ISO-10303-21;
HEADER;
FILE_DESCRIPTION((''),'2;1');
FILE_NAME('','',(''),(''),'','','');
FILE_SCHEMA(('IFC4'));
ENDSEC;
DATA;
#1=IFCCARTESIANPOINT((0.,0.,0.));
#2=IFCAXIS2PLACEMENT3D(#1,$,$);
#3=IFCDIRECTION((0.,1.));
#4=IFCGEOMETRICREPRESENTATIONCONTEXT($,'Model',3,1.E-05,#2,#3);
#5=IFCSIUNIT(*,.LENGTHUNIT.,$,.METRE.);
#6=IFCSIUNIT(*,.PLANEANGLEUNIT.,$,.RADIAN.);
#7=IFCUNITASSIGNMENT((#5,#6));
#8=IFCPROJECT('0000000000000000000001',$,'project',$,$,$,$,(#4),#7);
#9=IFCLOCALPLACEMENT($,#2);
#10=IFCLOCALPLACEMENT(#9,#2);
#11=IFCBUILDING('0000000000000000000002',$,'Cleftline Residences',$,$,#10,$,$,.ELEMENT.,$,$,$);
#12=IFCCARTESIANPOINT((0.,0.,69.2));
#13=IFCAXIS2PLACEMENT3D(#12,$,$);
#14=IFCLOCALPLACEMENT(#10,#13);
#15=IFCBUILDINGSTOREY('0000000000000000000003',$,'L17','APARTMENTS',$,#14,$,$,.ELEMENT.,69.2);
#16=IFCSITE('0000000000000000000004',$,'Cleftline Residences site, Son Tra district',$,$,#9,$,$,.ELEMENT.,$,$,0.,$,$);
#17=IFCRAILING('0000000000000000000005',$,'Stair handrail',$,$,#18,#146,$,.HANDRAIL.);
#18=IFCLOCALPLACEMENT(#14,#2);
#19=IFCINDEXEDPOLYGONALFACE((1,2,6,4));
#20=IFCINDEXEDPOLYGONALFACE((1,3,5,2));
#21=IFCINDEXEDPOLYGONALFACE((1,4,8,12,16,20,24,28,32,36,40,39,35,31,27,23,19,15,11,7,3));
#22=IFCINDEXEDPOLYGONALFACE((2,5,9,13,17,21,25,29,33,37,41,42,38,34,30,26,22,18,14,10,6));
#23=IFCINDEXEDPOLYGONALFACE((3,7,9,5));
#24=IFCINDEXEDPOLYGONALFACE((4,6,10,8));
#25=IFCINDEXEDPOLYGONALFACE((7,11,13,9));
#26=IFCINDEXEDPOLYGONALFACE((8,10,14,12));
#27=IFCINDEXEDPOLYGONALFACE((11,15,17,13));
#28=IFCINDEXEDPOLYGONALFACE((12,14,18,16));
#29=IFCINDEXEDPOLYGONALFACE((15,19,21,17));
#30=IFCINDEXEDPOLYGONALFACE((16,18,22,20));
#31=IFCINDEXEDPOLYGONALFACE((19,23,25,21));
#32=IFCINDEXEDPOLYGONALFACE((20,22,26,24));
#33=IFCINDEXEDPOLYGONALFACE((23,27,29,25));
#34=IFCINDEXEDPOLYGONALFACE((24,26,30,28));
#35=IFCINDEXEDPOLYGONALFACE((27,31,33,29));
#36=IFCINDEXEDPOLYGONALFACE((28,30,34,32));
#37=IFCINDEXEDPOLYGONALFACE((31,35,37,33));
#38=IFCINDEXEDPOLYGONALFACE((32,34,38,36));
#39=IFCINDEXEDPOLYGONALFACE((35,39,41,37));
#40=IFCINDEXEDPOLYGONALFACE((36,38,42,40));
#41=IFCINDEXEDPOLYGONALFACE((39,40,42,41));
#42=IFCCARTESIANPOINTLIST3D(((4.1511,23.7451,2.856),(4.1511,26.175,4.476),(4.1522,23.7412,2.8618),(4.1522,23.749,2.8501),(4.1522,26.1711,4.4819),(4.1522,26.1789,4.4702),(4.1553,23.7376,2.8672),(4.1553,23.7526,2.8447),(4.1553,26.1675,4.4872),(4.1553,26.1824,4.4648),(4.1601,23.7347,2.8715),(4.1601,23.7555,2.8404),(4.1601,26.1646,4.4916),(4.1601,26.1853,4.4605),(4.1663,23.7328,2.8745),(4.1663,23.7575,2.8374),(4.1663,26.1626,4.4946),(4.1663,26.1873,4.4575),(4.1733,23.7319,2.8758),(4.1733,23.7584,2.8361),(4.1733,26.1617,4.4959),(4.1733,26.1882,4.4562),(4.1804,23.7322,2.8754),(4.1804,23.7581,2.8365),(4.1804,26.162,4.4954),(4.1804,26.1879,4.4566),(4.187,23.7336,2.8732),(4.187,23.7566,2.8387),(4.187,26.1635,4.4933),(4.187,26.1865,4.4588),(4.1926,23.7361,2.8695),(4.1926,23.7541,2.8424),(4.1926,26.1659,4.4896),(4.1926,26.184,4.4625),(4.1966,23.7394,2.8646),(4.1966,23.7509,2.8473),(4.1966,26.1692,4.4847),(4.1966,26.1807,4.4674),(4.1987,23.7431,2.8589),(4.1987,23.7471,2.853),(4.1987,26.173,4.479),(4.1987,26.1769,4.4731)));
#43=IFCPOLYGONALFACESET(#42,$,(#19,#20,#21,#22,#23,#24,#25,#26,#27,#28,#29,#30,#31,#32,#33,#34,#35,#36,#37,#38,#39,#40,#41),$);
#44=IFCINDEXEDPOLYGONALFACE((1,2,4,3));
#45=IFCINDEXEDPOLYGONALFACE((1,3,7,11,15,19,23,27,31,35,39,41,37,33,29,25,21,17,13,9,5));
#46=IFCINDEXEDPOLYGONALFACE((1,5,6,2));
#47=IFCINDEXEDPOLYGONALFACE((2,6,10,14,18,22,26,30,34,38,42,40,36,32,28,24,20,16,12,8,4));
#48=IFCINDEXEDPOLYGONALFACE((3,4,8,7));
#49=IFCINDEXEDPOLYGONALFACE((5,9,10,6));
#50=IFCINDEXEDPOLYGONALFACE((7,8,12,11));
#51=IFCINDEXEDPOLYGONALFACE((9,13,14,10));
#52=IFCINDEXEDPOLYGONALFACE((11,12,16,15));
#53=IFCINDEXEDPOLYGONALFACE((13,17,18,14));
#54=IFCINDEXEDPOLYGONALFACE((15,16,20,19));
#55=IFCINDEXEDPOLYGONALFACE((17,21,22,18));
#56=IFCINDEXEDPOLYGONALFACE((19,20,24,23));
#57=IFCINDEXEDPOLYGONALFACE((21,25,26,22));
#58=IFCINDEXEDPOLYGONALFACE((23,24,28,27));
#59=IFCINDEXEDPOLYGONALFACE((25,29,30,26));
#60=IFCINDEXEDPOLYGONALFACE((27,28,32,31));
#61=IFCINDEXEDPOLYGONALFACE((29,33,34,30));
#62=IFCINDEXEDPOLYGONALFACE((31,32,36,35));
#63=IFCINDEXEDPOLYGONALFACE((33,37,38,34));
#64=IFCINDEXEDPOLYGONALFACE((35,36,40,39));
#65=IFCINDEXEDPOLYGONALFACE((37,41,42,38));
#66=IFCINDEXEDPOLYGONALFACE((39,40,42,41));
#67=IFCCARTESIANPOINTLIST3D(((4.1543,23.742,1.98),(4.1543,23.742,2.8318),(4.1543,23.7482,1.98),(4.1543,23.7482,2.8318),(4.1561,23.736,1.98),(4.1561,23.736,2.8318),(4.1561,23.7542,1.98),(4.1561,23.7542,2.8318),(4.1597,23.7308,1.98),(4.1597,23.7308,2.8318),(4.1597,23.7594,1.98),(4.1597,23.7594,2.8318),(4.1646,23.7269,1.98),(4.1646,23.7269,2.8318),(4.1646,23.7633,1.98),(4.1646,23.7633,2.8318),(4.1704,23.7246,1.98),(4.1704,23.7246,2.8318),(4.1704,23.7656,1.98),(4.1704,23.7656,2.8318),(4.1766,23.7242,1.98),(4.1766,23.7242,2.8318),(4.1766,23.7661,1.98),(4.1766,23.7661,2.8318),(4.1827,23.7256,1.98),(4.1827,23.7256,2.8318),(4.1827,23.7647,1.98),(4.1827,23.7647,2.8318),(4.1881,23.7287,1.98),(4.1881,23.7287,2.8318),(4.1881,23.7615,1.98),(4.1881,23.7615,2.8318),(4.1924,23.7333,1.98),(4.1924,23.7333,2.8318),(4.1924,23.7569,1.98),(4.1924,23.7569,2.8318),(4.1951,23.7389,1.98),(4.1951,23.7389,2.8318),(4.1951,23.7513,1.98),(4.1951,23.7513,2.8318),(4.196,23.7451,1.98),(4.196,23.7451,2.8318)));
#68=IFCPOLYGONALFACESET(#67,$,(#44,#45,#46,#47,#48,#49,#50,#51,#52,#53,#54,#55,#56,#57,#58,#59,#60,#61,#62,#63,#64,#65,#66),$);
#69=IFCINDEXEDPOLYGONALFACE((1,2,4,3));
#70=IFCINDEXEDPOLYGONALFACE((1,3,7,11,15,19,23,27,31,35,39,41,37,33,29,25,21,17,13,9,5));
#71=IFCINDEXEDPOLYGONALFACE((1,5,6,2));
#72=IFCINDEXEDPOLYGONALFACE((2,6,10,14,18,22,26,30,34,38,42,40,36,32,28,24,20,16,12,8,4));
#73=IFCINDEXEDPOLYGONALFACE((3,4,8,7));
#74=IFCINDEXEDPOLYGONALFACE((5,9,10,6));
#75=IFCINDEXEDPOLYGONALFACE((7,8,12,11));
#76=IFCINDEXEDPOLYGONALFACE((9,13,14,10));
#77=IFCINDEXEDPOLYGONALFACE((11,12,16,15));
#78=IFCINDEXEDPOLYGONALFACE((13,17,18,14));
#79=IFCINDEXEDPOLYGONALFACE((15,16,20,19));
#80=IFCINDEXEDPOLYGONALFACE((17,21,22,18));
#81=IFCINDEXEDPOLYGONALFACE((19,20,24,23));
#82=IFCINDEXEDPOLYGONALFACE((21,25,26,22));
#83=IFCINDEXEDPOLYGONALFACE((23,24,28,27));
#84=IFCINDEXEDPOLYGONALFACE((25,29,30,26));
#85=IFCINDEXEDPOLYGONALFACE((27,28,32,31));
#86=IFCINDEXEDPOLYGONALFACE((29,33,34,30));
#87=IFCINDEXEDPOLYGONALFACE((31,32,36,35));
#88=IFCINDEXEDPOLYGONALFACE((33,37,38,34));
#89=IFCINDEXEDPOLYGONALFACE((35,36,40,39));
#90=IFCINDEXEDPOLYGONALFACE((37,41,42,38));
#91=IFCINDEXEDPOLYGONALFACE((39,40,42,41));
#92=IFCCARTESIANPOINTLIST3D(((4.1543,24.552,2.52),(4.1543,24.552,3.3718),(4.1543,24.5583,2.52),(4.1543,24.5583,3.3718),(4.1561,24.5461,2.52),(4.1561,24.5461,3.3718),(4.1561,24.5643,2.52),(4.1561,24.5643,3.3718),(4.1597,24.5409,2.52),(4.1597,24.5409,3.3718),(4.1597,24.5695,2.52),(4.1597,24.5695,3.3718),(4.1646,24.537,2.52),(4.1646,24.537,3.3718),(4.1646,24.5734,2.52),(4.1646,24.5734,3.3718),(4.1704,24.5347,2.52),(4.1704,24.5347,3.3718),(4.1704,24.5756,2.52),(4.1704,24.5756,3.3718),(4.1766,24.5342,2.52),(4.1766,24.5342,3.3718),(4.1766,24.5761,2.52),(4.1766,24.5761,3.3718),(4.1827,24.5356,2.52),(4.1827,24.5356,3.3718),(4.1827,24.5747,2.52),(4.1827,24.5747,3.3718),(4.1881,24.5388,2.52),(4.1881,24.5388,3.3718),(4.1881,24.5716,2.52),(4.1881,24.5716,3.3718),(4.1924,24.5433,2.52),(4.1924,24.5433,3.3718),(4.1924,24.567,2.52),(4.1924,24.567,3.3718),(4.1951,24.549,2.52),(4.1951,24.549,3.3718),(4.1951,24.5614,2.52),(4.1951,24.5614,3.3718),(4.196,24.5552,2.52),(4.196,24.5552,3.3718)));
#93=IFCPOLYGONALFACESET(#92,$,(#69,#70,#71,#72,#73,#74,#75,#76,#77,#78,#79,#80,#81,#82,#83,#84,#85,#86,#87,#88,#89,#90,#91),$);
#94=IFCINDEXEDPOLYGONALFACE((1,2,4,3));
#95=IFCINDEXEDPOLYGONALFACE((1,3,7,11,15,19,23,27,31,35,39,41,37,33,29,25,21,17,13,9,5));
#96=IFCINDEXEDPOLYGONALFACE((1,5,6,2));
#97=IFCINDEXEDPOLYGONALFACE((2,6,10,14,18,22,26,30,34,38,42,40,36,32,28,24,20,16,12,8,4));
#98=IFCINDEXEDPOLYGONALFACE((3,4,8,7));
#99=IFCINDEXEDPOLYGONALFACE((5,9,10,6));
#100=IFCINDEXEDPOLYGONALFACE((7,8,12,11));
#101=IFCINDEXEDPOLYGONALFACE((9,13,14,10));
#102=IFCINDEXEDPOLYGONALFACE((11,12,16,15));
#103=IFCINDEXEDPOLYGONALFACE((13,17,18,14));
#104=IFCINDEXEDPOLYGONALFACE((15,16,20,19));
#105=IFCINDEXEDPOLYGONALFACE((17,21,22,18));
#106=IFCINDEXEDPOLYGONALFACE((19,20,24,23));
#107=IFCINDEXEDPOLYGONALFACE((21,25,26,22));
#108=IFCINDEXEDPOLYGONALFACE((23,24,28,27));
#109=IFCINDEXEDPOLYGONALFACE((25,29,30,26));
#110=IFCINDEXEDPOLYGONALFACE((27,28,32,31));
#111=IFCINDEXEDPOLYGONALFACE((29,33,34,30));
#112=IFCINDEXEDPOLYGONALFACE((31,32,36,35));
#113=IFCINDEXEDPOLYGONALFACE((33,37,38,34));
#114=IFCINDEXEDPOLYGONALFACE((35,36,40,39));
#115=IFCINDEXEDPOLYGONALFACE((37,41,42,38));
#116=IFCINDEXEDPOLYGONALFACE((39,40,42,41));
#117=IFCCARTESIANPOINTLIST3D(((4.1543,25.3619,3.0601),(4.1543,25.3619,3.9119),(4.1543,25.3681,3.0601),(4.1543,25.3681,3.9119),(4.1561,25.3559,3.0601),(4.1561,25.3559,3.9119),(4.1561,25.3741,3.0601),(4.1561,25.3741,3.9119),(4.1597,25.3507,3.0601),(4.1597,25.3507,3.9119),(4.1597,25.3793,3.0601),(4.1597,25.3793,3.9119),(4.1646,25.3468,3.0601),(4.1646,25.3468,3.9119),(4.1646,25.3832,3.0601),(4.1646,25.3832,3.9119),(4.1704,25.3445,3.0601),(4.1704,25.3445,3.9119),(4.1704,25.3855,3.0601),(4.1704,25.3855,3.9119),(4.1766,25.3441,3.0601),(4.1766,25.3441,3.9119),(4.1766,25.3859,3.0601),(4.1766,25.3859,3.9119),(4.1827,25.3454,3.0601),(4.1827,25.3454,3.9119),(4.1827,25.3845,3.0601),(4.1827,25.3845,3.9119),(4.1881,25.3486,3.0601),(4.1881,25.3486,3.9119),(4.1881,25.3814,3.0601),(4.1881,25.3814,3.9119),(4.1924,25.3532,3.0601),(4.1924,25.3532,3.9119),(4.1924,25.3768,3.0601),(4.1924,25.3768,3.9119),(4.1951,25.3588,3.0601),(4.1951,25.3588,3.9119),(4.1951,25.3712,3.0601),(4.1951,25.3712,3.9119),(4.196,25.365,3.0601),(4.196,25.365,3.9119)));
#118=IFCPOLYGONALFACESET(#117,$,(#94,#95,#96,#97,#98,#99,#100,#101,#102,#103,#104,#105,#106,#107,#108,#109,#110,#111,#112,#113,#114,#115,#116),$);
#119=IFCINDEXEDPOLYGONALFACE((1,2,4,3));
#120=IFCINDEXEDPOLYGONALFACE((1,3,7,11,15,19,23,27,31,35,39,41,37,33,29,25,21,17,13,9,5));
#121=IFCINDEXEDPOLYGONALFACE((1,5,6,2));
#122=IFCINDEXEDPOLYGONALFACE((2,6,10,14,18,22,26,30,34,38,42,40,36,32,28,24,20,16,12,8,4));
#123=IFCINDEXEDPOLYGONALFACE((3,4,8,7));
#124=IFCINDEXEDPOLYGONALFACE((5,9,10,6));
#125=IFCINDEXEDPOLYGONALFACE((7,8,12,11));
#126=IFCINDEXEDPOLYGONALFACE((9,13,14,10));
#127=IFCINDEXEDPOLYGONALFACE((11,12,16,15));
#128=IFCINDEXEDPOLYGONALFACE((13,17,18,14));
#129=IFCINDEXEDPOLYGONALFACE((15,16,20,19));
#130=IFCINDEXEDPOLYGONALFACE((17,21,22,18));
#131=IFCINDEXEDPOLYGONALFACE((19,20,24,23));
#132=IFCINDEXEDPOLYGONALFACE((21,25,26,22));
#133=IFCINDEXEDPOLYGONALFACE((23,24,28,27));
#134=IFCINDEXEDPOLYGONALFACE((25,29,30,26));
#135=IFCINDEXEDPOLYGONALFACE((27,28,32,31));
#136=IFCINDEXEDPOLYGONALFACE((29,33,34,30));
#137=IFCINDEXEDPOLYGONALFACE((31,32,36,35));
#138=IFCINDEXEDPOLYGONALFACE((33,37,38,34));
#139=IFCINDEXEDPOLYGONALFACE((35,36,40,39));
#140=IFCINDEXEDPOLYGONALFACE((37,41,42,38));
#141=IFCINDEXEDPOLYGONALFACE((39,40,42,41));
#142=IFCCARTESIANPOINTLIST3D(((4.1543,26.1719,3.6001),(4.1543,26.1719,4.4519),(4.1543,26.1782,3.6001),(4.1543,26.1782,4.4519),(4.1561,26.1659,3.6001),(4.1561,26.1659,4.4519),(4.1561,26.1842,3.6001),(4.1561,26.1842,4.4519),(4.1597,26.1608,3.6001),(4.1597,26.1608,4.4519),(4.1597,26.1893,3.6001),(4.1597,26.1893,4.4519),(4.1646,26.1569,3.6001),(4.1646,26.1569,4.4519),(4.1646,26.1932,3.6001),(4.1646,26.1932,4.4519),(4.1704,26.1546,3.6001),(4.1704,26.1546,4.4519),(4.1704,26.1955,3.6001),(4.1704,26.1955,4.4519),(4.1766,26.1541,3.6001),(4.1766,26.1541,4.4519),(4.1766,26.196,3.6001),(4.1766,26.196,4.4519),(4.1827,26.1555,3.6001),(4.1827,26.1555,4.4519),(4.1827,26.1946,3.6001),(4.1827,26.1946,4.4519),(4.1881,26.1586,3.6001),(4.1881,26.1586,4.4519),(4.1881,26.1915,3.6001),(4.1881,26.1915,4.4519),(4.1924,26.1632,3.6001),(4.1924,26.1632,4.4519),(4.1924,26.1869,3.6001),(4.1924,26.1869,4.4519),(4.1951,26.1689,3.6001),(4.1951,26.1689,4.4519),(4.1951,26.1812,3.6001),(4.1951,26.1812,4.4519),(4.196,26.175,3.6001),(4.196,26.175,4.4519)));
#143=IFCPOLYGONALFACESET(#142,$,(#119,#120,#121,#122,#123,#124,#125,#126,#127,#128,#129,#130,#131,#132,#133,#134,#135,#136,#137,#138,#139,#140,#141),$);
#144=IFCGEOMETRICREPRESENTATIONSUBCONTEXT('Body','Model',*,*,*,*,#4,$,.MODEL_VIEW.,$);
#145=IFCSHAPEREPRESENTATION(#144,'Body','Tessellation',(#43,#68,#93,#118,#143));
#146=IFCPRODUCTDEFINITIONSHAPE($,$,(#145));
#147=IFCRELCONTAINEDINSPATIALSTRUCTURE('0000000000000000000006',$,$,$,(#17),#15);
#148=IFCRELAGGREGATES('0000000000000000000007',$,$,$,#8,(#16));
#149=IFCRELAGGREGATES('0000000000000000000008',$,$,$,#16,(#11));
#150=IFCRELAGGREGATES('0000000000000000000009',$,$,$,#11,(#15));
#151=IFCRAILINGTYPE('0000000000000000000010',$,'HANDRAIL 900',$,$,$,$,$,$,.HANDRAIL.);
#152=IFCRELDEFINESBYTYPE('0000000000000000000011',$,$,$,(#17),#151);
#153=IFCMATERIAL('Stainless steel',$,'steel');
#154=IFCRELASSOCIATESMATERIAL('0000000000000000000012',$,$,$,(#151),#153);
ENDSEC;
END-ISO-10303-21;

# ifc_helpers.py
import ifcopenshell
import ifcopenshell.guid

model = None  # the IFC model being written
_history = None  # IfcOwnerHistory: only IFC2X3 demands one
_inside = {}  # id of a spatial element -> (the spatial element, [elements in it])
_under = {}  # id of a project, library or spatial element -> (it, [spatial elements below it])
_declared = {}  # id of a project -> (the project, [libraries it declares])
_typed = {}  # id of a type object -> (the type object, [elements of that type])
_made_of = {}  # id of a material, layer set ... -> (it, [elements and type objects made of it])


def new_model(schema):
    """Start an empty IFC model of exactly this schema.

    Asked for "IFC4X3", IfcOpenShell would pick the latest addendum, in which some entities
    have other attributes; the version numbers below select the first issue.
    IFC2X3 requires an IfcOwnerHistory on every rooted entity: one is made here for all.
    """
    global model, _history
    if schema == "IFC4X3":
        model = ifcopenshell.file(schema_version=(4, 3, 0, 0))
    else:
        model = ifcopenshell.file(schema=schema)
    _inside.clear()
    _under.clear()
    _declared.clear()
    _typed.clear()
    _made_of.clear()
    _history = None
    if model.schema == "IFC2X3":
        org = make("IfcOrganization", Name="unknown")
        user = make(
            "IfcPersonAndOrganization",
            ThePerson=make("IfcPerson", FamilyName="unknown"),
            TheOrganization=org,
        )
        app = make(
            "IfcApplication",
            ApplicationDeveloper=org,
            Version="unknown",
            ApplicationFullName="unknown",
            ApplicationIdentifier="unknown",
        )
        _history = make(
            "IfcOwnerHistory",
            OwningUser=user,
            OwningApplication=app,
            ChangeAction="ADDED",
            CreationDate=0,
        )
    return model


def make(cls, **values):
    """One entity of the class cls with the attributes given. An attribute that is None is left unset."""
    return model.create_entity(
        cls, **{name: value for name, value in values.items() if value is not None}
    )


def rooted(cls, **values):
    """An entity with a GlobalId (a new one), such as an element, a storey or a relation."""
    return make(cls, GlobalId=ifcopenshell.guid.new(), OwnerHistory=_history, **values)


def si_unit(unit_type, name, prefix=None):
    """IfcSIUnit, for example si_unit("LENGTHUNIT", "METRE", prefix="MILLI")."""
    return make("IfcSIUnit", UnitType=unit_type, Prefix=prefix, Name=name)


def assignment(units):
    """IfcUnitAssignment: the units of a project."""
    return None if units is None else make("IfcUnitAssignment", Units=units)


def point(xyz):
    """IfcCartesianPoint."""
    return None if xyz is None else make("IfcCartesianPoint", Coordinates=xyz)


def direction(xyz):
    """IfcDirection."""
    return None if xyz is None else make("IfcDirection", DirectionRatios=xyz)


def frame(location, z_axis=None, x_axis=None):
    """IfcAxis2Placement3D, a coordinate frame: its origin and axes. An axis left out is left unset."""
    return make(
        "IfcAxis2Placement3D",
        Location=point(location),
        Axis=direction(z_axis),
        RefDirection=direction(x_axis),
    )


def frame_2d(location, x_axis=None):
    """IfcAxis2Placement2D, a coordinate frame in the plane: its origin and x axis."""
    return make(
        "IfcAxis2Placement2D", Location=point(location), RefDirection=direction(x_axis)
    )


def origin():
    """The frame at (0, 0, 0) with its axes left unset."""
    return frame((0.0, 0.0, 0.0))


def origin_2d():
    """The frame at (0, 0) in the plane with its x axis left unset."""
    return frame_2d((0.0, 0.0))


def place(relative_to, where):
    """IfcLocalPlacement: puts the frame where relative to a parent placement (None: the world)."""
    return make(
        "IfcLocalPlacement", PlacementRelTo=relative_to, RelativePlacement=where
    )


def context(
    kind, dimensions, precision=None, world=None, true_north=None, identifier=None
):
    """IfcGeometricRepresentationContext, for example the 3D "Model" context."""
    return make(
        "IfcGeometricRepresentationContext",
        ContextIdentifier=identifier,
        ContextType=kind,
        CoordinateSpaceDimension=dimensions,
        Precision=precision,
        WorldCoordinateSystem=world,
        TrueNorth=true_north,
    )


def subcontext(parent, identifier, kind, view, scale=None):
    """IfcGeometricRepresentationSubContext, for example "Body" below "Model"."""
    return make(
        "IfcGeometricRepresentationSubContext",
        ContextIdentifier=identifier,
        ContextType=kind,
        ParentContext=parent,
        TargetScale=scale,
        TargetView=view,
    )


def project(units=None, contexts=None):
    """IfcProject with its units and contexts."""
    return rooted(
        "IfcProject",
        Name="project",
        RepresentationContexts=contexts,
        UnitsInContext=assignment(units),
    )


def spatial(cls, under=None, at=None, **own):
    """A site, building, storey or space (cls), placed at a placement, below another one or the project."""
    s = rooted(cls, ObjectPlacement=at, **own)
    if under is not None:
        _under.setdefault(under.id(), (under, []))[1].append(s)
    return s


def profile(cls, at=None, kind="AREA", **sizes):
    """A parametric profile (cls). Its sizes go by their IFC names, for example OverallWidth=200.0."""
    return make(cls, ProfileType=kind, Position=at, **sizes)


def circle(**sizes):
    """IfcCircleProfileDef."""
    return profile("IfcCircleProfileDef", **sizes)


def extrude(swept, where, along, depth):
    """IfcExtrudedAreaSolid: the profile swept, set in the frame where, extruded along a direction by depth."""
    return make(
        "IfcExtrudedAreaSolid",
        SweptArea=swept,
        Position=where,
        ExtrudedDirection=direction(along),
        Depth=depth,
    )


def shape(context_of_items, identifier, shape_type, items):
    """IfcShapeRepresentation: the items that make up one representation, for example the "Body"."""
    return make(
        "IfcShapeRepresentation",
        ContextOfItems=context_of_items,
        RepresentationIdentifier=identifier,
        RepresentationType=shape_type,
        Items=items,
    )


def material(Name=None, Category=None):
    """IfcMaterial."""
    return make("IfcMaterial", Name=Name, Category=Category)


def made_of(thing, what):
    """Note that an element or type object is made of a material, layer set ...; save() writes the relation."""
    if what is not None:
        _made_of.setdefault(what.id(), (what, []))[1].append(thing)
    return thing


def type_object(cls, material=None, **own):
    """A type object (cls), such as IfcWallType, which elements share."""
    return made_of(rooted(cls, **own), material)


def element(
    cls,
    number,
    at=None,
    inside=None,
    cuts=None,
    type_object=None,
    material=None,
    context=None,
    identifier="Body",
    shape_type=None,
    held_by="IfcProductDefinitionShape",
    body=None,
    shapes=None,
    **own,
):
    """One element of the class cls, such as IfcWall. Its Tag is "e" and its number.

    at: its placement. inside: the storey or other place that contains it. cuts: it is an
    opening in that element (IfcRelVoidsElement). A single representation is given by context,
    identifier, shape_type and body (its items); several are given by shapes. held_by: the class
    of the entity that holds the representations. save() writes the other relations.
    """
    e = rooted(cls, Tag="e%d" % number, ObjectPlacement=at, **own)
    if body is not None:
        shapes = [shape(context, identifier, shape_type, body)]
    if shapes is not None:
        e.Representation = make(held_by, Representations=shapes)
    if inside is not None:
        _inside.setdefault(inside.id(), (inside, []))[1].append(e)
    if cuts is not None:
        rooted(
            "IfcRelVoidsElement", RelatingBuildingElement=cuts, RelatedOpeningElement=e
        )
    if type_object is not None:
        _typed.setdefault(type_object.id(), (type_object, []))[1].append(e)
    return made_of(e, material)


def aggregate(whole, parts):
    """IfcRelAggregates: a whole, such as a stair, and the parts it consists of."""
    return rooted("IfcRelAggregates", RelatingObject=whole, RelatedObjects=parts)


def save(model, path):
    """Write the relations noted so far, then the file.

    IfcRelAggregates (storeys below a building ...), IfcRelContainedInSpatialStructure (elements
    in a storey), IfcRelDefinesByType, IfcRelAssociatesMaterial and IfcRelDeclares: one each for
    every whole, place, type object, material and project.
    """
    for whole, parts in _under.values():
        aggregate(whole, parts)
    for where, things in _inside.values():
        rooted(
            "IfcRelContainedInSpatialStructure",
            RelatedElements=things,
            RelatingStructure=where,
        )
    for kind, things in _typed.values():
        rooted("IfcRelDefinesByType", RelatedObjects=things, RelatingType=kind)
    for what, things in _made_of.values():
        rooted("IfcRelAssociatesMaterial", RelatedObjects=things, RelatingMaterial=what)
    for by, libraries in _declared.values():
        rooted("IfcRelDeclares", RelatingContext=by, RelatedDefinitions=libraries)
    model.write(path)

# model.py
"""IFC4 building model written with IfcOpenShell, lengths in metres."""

from ifc_helpers import new_model, si_unit, direction, frame, origin, origin_2d, place, context, subcontext, project, spatial, circle, extrude, material, type_object, element, save


model = new_model("IFC4")

# Units and contexts
model_context = context("Model", 3, precision=1e-05, world=origin(), true_north=direction((0.0, 1.0)))
body_context = subcontext(model_context, "Body", "Model", "MODEL_VIEW")
ifc_project = project(units=[si_unit("LENGTHUNIT", "METRE"), si_unit("PLANEANGLEUNIT", "RADIAN")], contexts=[model_context])

# Site, building, storey
site_placement = place(None, origin())
site = spatial("IfcSite", under=ifc_project, at=site_placement, Name="Cleftline Residences site, Son Tra district", CompositionType="ELEMENT", RefElevation=0.0)
building_placement = place(site_placement, origin())
building = spatial("IfcBuilding", under=site, at=building_placement, Name="Cleftline Residences", CompositionType="ELEMENT")
storey_placement = place(building_placement, frame((0.0, 0.0, 69.2)))
storey = spatial("IfcBuildingStorey", under=building, at=storey_placement, Name="L17", Description="APARTMENTS", CompositionType="ELEMENT", Elevation=69.2)

# Railing
ifc_material_1 = material(Name="Stainless steel", Category="steel")
railing_type = type_object("IfcRailingType", Name="HANDRAIL 900", PredefinedType="HANDRAIL", material=ifc_material_1)
railing_1_placement = place(storey_placement, frame((4.175, 23.7451, 1.98)))
element("IfcRailing", 1, at=railing_1_placement, inside=storey, type_object=railing_type, Name="Stair handrail", PredefinedType="HANDRAIL", context=body_context, shape_type="SweptSolid", body=[
    extrude(circle(Radius=0.0239, at=origin_2d()), frame((0.0, 0.0, 0.876), z_axis=(0.0, 0.832025, 0.554739), x_axis=(-1.0, 0.0, 0.0)), (0.0, 0.0, 1.0), 2.9204),
    extrude(circle(Radius=0.021, at=origin_2d()), origin(), (0.0, 0.0, 1.0), 0.8518),
    extrude(circle(Radius=0.021, at=origin_2d()), frame((0.0, 0.8101, 0.54)), (0.0, 0.0, 1.0), 0.8518),
    extrude(circle(Radius=0.021, at=origin_2d()), frame((0.0, 1.6199, 1.0801)), (0.0, 0.0, 1.0), 0.8518),
    extrude(circle(Radius=0.021, at=origin_2d()), frame((0.0, 2.4299, 1.6201)), (0.0, 0.0, 1.0), 0.8518),
])

save(model, "model.ifc")
